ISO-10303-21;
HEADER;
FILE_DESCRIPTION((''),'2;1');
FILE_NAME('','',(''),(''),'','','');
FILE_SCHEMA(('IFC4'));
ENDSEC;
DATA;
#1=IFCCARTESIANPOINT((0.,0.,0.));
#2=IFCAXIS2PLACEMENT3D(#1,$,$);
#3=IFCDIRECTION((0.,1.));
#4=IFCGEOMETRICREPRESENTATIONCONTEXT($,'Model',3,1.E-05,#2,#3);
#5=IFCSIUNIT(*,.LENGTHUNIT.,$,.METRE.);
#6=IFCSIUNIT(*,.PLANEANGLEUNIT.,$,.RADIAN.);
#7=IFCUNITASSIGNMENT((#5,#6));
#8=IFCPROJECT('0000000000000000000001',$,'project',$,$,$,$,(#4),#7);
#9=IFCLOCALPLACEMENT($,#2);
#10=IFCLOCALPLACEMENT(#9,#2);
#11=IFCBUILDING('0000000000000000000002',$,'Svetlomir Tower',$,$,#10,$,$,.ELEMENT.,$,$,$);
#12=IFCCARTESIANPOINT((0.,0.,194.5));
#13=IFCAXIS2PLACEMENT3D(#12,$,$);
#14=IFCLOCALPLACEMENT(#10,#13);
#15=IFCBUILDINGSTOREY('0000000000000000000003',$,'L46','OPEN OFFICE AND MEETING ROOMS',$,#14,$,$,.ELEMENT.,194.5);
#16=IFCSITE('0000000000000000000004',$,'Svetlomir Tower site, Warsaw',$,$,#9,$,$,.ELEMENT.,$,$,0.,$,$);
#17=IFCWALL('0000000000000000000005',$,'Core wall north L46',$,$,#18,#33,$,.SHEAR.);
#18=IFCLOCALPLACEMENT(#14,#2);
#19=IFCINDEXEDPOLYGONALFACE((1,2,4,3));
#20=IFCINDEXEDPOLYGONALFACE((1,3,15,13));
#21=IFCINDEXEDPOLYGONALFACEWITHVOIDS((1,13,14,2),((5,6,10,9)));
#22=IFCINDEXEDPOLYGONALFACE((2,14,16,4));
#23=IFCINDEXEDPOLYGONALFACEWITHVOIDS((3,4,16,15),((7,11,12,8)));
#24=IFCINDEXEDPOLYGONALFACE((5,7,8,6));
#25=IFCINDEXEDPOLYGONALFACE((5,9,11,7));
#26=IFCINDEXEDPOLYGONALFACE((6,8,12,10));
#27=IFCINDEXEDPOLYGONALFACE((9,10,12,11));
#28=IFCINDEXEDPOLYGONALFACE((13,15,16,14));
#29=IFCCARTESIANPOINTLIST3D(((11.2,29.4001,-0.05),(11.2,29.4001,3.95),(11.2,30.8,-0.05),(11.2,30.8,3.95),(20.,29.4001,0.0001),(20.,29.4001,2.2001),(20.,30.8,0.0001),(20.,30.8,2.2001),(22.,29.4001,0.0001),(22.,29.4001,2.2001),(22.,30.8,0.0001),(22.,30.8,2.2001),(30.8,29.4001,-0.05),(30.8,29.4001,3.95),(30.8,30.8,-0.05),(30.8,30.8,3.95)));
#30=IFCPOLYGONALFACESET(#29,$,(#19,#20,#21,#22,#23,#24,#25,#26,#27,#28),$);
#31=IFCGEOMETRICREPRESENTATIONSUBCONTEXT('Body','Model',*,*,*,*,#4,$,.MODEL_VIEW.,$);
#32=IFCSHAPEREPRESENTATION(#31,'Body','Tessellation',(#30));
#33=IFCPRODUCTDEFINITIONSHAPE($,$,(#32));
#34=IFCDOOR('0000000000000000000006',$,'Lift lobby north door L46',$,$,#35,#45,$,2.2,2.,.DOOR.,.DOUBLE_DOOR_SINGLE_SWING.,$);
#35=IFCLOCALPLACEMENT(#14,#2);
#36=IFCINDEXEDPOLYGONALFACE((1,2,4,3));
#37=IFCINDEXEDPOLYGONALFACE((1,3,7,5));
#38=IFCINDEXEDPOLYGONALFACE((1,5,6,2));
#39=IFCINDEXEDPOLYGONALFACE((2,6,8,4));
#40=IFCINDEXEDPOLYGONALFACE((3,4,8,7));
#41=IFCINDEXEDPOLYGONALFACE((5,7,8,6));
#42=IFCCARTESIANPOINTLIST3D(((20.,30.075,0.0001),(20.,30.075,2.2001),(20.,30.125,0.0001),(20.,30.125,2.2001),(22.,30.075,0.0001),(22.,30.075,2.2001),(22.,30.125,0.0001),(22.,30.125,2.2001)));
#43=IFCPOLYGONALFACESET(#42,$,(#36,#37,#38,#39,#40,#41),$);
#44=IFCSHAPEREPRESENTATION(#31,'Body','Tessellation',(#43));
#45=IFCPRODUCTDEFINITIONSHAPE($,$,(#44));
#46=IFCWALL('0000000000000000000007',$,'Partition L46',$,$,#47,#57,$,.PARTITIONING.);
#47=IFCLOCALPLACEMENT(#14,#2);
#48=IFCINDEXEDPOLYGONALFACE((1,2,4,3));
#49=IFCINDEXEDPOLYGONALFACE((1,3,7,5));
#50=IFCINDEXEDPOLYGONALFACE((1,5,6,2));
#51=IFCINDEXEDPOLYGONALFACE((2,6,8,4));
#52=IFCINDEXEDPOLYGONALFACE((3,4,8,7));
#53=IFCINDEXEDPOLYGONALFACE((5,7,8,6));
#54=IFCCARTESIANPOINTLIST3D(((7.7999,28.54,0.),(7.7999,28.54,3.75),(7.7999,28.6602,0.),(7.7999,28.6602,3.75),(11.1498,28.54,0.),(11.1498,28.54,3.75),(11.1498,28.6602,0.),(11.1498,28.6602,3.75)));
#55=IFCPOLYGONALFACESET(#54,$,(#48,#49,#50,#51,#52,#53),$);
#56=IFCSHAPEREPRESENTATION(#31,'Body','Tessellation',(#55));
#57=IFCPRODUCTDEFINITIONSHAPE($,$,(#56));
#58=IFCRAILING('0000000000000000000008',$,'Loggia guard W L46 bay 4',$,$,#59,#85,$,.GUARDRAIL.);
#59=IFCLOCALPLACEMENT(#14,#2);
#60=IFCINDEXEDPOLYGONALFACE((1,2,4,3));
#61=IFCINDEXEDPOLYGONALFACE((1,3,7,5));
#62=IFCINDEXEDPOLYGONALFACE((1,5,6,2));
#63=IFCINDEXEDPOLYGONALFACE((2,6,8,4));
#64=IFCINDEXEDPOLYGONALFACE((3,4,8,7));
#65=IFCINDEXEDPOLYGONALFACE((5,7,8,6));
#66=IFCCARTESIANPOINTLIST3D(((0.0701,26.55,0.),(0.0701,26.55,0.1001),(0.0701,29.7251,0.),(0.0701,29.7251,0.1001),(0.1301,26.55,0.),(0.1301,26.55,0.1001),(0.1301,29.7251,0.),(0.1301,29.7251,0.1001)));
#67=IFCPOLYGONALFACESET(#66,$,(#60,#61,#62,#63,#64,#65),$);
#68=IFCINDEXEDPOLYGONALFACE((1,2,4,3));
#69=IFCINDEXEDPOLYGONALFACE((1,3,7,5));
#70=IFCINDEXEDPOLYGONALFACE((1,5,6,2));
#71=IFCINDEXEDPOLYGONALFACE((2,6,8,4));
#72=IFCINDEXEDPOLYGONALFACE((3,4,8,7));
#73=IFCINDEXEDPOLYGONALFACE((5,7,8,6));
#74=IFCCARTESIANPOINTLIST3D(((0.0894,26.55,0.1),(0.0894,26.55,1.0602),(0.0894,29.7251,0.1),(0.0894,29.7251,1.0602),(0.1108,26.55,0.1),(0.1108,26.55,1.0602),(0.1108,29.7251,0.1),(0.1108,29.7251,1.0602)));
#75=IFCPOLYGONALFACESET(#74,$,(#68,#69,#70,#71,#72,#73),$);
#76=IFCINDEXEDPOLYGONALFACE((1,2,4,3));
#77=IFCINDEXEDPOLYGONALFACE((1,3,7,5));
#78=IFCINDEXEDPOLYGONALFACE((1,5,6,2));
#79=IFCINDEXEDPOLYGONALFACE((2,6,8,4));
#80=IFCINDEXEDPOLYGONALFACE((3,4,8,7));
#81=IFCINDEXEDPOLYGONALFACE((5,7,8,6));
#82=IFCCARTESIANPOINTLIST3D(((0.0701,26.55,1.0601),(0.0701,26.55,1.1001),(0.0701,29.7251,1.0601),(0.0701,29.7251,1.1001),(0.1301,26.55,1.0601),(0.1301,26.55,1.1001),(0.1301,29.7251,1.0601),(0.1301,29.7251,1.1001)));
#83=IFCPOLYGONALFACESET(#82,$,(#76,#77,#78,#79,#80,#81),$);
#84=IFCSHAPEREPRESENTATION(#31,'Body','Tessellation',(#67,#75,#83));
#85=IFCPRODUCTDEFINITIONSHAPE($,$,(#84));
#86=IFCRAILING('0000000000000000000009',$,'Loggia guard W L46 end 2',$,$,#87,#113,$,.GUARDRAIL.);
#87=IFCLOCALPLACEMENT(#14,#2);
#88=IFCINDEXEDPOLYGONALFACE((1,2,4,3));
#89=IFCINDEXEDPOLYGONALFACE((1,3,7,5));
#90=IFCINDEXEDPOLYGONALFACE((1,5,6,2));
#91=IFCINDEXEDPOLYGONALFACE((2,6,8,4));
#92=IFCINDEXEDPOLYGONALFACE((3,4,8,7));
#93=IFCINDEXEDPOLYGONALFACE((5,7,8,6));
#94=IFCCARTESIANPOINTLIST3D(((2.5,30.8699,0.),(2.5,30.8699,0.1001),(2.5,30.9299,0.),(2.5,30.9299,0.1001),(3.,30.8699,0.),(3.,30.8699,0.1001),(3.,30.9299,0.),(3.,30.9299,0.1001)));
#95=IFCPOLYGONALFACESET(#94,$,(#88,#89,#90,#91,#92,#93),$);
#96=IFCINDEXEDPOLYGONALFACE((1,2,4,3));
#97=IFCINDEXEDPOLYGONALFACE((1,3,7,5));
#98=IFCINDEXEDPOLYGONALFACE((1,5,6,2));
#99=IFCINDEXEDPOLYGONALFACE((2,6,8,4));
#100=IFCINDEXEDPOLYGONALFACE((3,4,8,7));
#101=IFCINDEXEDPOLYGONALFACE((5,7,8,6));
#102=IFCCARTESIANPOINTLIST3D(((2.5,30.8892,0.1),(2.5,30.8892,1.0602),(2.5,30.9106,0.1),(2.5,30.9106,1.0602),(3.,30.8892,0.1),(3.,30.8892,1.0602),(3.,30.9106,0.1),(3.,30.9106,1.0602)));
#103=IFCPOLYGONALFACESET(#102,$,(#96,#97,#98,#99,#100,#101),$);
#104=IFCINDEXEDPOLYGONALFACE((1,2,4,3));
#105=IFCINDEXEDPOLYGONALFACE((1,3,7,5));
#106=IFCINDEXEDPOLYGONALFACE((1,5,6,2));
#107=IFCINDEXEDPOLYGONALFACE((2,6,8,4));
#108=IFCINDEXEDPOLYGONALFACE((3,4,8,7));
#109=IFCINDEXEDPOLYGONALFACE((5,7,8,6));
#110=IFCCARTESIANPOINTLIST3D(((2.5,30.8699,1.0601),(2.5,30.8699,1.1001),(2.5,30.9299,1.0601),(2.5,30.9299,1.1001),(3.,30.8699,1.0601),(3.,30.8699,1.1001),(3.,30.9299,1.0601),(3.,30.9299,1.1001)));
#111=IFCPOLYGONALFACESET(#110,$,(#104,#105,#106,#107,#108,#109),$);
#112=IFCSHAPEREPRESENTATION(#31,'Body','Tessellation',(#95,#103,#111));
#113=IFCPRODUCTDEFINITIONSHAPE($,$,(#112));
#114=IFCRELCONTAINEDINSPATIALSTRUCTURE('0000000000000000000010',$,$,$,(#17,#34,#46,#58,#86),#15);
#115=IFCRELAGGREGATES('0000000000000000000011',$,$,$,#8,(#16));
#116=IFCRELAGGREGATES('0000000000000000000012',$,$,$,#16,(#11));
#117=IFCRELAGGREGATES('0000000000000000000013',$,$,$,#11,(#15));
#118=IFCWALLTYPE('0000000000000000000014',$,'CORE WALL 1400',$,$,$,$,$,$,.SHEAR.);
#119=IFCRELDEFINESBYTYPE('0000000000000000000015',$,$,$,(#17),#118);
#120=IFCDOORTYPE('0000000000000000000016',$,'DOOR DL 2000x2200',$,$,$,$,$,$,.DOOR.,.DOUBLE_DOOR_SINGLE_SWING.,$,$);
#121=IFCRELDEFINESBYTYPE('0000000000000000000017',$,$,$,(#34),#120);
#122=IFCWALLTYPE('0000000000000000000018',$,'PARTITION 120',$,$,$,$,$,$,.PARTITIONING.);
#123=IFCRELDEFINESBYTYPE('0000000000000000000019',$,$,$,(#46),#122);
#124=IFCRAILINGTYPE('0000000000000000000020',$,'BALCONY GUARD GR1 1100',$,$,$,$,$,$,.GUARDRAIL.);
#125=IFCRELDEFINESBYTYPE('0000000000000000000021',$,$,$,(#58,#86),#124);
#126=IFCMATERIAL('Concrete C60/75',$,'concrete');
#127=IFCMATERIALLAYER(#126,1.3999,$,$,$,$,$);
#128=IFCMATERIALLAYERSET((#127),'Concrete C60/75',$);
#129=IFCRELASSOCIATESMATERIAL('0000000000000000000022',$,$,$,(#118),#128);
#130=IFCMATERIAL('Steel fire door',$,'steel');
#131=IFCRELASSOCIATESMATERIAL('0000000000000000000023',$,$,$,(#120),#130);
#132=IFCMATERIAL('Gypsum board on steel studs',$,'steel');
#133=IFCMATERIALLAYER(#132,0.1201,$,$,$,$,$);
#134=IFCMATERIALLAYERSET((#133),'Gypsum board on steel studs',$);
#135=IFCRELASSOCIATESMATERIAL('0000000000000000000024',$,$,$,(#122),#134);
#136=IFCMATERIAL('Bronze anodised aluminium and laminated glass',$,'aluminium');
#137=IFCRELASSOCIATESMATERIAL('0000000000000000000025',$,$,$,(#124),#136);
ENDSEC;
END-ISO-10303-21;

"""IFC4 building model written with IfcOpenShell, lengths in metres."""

from ifc_helpers import new_model, si_unit, direction, frame, frame_2d, origin, origin_2d, place, context, subcontext, project, spatial, rectangle, extrude, material, layer, layer_set, type_object, element, fill, save


model = new_model("IFC4")

# Units and contexts
model_context = context("Model", 3, precision=1e-05, world=origin(), true_north=direction((0.0, 1.0)))
body_context = subcontext(model_context, "Body", "Model", "MODEL_VIEW")
ifc_project = project(units=[si_unit("LENGTHUNIT", "METRE"), si_unit("PLANEANGLEUNIT", "RADIAN")], contexts=[model_context])

# Site, building, storey
site_placement = place(None, origin())
site = spatial("IfcSite", under=ifc_project, at=site_placement, Name="Svetlomir Tower site, Warsaw", CompositionType="ELEMENT", RefElevation=0.0)
building_placement = place(site_placement, origin())
building = spatial("IfcBuilding", under=site, at=building_placement, Name="Svetlomir Tower", CompositionType="ELEMENT")
storey_placement = place(building_placement, frame((0.0, 0.0, 194.5)))
storey = spatial("IfcBuildingStorey", under=building, at=storey_placement, Name="L46", Description="OPEN OFFICE AND MEETING ROOMS", CompositionType="ELEMENT", Elevation=194.5)

# Wall, opening, door
ifc_material_1 = material(Name="Concrete C60/75", Category="concrete")
ifc_layer_1 = layer(ifc_material_1, 1.3999)
ifc_layer_set_1 = layer_set([ifc_layer_1], Name="Concrete C60/75")
wall_type_1 = type_object("IfcWallType", Name="CORE WALL 1400", PredefinedType="SHEAR", material=ifc_layer_set_1)
wall_1_placement = place(storey_placement, frame((11.2, 30.1001, -0.05), z_axis=(0.0, 0.0, 1.0), x_axis=(1.0, 0.0, 0.0)))
wall_1 = element("IfcWall", 1, at=wall_1_placement, inside=storey, type_object=wall_type_1, Name="Core wall north L46", PredefinedType="SHEAR", context=body_context, shape_type="SweptSolid", body=[
    extrude(rectangle(XDim=19.6001, YDim=1.3999, at=frame_2d((9.8, 0.0))), origin(), (0.0, 0.0, 1.0), 4.0),
])
opening_placement = place(wall_1_placement, frame((8.8, 0.0, 0.05)))
opening = element("IfcOpeningElement", 2, at=opening_placement, cuts=wall_1, PredefinedType="OPENING", context=body_context, shape_type="SweptSolid", body=[
    extrude(rectangle(XDim=2.0, YDim=2.2, at=frame_2d((1.0, 1.1001))), frame((0.0, 0.71, 0.0), z_axis=(0.0, -1.0, 0.0), x_axis=(1.0, 0.0, 0.0)), (0.0, 0.0, 1.0), 1.4199),
])
ifc_material_2 = material(Name="Steel fire door", Category="steel")
door_type = type_object("IfcDoorType", Name="DOOR DL 2000x2200", OperationType="DOUBLE_DOOR_SINGLE_SWING", PredefinedType="DOOR", material=ifc_material_2)
door_placement = place(opening_placement, origin())
door = element("IfcDoor", 3, at=door_placement, inside=storey, type_object=door_type, Name="Lift lobby north door L46", OperationType="DOUBLE_DOOR_SINGLE_SWING", OverallHeight=2.2, OverallWidth=2.0, PredefinedType="DOOR", context=body_context, shape_type="SweptSolid", body=[
    extrude(rectangle(XDim=2.0, YDim=2.2, at=frame_2d((1.0, 1.1001))), frame((0.0, 0.0249, 0.0), z_axis=(0.0, -1.0, 0.0), x_axis=(1.0, 0.0, 0.0)), (0.0, 0.0, 1.0), 0.05),
])
fill(opening, door)

# Wall
ifc_material_3 = material(Name="Gypsum board on steel studs", Category="steel")
ifc_layer_2 = layer(ifc_material_3, 0.1201)
ifc_layer_set_2 = layer_set([ifc_layer_2], Name="Gypsum board on steel studs")
wall_type_2 = type_object("IfcWallType", Name="PARTITION 120", PredefinedType="PARTITIONING", material=ifc_layer_set_2)
wall_2_placement = place(storey_placement, frame((7.8, 28.6001, 0.0), z_axis=(0.0, 0.0, 1.0), x_axis=(1.0, 0.0, 0.0)))
element("IfcWall", 4, at=wall_2_placement, inside=storey, type_object=wall_type_2, Name="Partition L46", PredefinedType="PARTITIONING", context=body_context, shape_type="SweptSolid", body=[
    extrude(rectangle(XDim=3.3499, YDim=0.1201, at=frame_2d((1.6748, 0.0))), origin(), (0.0, 0.0, 1.0), 3.75),
])

# Railings
ifc_material_4 = material(Name="Bronze anodised aluminium and laminated glass", Category="aluminium")
railing_type = type_object("IfcRailingType", Name="BALCONY GUARD GR1 1100", PredefinedType="GUARDRAIL", material=ifc_material_4)
railing_1_placement = place(storey_placement, frame((0.1001, 26.55, 0.0)))
element("IfcRailing", 5, at=railing_1_placement, inside=storey, type_object=railing_type, Name="Loggia guard W L46 bay 4", PredefinedType="GUARDRAIL", context=body_context, shape_type="SweptSolid", body=[
    extrude(rectangle(XDim=0.0601, YDim=0.1001, at=origin_2d()), frame((0.0, 0.0, 0.05), z_axis=(0.0, 1.0, 0.0), x_axis=(-1.0, 0.0, 0.0)), (0.0, 0.0, 1.0), 3.175),
    extrude(rectangle(XDim=0.0215, YDim=0.9602, at=origin_2d()), frame((0.0, 0.0, 0.5801), z_axis=(0.0, 1.0, 0.0), x_axis=(-1.0, 0.0, 0.0)), (0.0, 0.0, 1.0), 3.175),
    extrude(rectangle(XDim=0.0601, YDim=0.04, at=origin_2d()), frame((0.0, 0.0, 1.0801), z_axis=(0.0, 1.0, 0.0), x_axis=(-1.0, 0.0, 0.0)), (0.0, 0.0, 1.0), 3.175),
])
railing_2_placement = place(storey_placement, frame((2.5, 30.8999, 0.0)))
element("IfcRailing", 6, at=railing_2_placement, inside=storey, type_object=railing_type, Name="Loggia guard W L46 end 2", PredefinedType="GUARDRAIL", context=body_context, shape_type="SweptSolid", body=[
    extrude(rectangle(XDim=0.0601, YDim=0.1001, at=origin_2d()), frame((0.0, 0.0, 0.05), z_axis=(1.0, 0.0, 0.0), x_axis=(0.0, 1.0, 0.0)), (0.0, 0.0, 1.0), 0.5),
    extrude(rectangle(XDim=0.0215, YDim=0.9602, at=origin_2d()), frame((0.0, 0.0, 0.5801), z_axis=(1.0, 0.0, 0.0), x_axis=(0.0, 1.0, 0.0)), (0.0, 0.0, 1.0), 0.5),
    extrude(rectangle(XDim=0.0601, YDim=0.04, at=origin_2d()), frame((0.0, 0.0, 1.0801), z_axis=(1.0, 0.0, 0.0), x_axis=(0.0, 1.0, 0.0)), (0.0, 0.0, 1.0), 0.5),
])

save(model, "model.ifc")
